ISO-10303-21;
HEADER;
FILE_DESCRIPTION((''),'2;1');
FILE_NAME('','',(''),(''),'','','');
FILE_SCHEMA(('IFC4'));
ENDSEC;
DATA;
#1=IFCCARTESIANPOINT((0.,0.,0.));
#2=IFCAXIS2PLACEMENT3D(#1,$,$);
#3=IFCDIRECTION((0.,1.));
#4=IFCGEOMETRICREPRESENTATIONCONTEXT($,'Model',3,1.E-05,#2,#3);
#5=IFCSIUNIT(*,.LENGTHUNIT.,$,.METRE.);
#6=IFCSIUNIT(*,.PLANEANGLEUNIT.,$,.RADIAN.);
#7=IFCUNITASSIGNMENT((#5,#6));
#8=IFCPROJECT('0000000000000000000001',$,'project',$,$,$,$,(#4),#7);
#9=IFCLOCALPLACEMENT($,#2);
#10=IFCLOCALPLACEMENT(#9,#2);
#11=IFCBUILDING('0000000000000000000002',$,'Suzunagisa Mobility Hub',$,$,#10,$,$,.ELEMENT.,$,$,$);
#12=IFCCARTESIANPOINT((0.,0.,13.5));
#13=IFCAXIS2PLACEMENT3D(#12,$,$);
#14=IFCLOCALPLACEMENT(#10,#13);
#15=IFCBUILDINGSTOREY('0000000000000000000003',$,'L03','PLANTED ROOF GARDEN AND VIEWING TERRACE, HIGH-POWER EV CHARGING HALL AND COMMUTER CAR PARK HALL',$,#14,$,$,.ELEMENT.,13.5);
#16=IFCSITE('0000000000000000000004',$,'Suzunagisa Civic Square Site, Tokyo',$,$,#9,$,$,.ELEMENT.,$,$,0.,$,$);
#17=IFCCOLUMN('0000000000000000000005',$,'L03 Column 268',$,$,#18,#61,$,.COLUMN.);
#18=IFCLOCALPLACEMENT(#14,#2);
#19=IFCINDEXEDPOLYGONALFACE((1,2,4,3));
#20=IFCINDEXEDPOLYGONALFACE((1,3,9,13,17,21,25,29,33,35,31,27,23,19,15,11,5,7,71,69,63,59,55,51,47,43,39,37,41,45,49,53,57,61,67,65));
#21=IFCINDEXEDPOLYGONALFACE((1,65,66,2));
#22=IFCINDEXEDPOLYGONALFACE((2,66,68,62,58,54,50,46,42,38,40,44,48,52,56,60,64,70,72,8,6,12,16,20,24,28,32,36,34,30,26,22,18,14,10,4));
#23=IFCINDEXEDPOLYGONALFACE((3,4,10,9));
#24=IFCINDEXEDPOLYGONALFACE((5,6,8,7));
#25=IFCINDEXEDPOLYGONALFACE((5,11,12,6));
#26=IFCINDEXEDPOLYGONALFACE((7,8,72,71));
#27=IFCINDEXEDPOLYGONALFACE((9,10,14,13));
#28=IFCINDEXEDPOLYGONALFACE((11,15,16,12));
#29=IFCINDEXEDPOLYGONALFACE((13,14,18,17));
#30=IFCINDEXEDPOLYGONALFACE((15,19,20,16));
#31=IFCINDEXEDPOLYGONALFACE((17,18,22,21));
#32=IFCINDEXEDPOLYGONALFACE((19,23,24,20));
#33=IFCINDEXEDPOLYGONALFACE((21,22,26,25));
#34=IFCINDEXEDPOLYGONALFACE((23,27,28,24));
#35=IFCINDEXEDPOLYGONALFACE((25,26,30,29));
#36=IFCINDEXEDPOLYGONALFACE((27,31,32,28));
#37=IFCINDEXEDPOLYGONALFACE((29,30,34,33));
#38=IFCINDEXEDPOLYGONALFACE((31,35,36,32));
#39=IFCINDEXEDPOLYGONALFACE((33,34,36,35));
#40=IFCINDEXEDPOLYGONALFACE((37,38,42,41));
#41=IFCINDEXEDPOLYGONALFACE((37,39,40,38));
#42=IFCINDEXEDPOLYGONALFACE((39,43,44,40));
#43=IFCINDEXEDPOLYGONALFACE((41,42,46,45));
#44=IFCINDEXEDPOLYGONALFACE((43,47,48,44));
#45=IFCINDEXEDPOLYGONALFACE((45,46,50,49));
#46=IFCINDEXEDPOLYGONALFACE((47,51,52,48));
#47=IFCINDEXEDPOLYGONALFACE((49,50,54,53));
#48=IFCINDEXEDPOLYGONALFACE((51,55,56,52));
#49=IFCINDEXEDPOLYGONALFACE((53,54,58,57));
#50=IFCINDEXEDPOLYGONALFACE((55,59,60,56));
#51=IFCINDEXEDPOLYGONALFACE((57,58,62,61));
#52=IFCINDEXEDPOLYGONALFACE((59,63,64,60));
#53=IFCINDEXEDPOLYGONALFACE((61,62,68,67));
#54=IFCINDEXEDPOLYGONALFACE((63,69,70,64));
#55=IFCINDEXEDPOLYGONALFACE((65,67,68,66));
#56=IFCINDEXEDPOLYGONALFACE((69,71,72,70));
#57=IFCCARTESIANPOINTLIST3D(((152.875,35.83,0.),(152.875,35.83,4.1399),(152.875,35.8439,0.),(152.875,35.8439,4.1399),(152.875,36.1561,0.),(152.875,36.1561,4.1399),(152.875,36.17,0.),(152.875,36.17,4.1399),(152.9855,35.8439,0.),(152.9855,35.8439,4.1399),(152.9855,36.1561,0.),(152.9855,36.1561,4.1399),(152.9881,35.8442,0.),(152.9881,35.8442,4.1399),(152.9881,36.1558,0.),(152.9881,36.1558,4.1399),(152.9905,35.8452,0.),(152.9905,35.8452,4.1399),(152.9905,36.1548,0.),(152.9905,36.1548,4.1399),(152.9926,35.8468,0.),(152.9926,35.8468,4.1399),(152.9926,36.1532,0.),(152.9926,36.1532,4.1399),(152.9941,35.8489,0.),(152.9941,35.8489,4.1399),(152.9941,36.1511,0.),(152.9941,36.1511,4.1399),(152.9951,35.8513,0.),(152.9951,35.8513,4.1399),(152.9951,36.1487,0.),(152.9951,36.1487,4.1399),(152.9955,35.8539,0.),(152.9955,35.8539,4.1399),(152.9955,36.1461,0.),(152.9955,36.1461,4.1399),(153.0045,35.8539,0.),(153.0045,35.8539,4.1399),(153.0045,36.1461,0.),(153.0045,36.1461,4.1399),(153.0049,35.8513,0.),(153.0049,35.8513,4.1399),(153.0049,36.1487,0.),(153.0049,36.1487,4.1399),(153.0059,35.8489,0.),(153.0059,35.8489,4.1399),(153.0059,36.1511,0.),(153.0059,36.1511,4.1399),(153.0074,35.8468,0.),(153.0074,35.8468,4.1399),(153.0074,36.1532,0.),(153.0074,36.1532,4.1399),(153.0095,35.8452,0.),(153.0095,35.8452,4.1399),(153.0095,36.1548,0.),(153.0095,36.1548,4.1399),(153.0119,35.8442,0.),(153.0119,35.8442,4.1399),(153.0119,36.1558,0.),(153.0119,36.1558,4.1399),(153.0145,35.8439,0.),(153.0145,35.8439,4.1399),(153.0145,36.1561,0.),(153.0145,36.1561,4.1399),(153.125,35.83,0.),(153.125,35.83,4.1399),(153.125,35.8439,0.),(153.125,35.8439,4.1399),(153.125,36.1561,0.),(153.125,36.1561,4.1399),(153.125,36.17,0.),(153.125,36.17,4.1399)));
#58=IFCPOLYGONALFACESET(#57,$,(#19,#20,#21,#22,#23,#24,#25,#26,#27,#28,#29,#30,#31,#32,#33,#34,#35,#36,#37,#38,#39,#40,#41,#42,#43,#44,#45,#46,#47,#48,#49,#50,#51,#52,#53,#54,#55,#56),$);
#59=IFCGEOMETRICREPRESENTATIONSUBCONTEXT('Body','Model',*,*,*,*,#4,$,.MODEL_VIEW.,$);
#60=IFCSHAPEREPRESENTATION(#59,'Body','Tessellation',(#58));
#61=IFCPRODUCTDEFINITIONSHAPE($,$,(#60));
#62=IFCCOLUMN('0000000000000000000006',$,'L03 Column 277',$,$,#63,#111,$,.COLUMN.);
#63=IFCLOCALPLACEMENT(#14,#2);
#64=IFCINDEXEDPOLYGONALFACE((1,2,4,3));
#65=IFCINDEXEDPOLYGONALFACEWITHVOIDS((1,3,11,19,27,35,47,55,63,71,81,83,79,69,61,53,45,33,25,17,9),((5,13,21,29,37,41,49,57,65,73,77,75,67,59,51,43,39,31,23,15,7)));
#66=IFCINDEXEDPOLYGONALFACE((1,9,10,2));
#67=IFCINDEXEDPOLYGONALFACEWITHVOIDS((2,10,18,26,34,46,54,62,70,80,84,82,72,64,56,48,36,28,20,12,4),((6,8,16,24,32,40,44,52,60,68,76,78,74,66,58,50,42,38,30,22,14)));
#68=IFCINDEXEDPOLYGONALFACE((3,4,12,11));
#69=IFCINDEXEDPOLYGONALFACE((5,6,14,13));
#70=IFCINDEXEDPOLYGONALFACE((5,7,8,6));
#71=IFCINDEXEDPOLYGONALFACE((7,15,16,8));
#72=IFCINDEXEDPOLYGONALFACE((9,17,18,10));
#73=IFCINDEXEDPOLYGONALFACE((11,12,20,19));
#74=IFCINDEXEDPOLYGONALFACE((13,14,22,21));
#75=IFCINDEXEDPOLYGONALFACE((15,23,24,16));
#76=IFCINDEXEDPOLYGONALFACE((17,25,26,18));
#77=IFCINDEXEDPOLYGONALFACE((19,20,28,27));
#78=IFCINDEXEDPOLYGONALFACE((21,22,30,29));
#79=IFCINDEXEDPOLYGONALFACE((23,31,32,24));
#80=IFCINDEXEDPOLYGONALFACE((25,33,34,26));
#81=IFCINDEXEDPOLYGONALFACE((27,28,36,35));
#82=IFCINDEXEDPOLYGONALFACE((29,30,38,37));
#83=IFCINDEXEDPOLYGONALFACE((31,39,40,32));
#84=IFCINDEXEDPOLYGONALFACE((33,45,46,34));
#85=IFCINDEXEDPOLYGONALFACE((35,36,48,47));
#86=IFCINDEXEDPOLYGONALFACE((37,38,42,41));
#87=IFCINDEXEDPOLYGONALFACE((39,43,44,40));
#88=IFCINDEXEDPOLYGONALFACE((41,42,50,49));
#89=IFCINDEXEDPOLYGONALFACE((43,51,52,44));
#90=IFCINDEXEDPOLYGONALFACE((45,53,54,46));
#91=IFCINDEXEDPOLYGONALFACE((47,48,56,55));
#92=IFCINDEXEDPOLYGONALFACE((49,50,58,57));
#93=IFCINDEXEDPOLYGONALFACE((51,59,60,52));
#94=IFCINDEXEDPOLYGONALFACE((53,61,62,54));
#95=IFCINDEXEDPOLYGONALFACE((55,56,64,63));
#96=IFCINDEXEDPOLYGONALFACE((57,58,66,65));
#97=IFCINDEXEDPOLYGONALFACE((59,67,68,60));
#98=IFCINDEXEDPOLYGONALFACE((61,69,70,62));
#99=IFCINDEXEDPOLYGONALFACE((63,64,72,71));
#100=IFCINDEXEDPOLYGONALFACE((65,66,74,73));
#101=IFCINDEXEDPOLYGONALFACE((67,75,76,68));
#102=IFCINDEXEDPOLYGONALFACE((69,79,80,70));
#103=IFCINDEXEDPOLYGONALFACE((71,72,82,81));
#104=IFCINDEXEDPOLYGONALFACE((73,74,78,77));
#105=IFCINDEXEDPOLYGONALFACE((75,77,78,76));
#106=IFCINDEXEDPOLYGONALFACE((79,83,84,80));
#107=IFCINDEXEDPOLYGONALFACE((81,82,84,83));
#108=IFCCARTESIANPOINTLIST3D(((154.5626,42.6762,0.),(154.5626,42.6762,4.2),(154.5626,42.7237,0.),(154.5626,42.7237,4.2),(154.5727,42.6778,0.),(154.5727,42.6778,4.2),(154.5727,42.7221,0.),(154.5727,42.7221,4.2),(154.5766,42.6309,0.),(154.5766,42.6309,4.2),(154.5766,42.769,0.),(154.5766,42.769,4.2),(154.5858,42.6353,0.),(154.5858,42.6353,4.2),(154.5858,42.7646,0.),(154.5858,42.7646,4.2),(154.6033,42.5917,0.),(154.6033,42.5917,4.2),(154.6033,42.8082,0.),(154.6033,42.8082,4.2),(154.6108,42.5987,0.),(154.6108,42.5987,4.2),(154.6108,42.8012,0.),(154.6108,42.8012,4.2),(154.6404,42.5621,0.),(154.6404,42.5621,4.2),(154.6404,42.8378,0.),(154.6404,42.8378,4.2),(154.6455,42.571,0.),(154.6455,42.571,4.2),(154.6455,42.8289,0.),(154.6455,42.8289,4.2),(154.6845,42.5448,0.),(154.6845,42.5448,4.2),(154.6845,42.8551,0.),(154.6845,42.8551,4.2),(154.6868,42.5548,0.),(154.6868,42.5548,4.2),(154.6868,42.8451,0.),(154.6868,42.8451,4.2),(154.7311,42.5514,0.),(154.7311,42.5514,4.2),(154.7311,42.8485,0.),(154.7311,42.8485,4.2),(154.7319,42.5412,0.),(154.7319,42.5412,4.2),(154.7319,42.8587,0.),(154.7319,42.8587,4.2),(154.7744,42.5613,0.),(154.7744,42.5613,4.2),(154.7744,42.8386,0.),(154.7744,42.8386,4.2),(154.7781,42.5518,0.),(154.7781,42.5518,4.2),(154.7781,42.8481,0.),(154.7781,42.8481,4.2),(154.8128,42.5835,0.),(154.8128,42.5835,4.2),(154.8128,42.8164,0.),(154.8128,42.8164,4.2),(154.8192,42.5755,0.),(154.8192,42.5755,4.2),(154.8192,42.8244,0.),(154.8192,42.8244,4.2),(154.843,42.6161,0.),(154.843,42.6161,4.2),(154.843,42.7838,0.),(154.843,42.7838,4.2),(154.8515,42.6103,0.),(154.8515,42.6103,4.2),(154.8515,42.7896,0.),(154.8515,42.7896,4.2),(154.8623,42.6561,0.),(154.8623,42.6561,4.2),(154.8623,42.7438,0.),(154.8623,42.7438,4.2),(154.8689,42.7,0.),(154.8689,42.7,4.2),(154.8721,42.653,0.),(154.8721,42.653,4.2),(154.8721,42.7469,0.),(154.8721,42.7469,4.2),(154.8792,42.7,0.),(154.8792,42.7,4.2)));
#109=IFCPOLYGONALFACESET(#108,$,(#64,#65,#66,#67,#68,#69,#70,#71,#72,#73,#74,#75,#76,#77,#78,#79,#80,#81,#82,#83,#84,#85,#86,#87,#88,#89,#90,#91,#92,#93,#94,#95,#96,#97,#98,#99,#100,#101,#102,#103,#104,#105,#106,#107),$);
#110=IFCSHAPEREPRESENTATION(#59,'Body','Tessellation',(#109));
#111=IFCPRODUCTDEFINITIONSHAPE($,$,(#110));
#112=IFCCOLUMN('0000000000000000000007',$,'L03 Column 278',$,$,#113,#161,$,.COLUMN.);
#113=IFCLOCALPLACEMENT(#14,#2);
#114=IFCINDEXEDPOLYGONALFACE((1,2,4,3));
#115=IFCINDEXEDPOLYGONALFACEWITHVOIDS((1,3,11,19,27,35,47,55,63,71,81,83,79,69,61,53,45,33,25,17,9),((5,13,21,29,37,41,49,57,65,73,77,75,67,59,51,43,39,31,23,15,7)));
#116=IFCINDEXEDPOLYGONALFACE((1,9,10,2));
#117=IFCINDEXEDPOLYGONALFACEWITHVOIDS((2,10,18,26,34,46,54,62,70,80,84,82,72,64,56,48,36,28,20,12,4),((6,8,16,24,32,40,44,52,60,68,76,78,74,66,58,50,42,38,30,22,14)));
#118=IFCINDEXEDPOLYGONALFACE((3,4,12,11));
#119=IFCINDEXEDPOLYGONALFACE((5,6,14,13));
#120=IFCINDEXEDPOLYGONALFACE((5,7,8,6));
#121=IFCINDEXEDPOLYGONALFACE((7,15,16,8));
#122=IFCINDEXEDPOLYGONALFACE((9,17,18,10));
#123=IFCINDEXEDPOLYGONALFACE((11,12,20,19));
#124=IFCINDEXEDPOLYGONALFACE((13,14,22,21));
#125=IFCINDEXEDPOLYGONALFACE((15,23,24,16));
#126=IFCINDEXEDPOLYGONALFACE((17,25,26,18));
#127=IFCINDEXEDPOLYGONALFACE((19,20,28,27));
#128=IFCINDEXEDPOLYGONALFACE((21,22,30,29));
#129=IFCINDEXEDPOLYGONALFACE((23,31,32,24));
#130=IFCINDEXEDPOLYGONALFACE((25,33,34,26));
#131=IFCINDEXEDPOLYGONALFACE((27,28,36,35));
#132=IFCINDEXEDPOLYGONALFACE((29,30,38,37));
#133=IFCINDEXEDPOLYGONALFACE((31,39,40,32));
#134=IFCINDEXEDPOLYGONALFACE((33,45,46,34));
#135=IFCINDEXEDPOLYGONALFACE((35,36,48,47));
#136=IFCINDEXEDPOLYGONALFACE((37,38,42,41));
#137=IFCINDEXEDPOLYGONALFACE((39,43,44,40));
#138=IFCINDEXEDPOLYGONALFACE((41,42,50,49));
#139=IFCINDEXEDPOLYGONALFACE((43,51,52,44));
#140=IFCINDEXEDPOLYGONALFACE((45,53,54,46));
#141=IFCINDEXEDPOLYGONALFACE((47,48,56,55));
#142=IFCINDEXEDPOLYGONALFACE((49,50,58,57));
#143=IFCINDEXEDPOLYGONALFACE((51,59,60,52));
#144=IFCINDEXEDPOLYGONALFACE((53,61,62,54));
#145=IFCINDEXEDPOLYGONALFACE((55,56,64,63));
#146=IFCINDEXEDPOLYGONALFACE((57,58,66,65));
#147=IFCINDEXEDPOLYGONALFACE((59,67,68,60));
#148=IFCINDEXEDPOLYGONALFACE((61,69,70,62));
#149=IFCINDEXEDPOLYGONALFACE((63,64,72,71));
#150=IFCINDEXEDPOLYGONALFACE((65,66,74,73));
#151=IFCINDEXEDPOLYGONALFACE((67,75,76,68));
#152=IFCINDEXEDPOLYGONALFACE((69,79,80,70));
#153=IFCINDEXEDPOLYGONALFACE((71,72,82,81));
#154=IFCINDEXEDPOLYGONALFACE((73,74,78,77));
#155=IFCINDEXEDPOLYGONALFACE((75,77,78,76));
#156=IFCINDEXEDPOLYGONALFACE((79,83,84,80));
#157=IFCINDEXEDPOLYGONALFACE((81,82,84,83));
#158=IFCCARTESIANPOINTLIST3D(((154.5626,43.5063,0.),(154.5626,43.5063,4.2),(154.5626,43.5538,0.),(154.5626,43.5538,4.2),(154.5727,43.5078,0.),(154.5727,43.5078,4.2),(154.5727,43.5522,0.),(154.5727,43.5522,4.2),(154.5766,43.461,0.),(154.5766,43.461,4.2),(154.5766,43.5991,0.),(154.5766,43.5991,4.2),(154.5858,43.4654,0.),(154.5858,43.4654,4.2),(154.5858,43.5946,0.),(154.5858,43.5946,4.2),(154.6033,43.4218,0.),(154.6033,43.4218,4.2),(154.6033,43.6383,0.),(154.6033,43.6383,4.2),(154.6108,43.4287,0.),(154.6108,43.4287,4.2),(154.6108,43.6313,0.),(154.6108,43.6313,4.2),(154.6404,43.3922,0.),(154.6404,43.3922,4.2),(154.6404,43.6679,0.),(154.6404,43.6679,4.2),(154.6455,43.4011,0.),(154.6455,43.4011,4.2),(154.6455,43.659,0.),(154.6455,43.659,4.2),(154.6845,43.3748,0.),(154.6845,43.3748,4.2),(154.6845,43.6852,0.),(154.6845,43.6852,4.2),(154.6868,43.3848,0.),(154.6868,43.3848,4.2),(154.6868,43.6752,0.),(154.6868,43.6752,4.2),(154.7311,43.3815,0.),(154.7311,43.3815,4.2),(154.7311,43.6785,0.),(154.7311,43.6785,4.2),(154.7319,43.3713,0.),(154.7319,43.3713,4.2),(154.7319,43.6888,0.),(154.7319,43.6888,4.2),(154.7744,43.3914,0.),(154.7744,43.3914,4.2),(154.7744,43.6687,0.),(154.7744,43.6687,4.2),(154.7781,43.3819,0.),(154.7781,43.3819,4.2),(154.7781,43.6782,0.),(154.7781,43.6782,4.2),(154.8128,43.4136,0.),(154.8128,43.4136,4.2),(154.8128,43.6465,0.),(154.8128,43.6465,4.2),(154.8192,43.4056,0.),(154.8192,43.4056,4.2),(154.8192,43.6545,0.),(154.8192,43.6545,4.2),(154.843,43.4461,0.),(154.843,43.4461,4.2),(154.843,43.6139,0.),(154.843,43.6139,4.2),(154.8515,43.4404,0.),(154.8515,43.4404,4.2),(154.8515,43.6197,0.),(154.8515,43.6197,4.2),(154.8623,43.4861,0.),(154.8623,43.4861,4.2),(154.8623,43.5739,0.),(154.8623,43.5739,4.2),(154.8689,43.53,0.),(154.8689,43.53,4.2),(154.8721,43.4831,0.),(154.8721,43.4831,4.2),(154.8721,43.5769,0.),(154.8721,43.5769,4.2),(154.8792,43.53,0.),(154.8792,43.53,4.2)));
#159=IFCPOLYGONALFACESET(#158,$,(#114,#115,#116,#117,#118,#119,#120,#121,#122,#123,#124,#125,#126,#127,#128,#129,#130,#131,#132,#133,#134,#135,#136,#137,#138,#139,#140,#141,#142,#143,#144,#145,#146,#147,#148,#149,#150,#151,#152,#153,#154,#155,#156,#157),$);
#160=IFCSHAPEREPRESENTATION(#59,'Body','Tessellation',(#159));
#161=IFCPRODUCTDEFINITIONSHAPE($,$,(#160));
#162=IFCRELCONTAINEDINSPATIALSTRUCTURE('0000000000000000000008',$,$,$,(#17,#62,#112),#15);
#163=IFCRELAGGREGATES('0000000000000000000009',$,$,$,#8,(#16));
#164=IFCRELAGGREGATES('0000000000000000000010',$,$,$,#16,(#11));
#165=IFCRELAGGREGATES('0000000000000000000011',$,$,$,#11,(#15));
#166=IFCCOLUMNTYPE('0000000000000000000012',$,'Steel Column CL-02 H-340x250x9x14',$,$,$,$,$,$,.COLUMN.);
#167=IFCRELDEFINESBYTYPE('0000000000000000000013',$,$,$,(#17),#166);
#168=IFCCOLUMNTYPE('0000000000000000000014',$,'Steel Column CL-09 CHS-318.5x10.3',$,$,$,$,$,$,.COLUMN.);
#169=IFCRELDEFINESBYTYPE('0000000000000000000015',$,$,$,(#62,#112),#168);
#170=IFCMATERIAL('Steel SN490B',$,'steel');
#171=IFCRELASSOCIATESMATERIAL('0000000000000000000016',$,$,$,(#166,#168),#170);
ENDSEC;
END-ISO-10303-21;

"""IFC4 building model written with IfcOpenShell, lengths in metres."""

from ifc_helpers import new_model, si_unit, direction, frame, origin, origin_2d, place, context, subcontext, project, spatial, hollow_circle, i_section, extrude, material, material_profile, profile_set, type_object, element, save


model = new_model("IFC4")

# Units and contexts
model_context = context("Model", 3, precision=1e-05, world=origin(), true_north=direction((0.0, 1.0)))
body_context = subcontext(model_context, "Body", "Model", "MODEL_VIEW")
ifc_project = project(units=[si_unit("LENGTHUNIT", "METRE"), si_unit("PLANEANGLEUNIT", "RADIAN")], contexts=[model_context])

# Site, building, storey
site_placement = place(None, origin())
site = spatial("IfcSite", under=ifc_project, at=site_placement, Name="Suzunagisa Civic Square Site, Tokyo", CompositionType="ELEMENT", RefElevation=0.0)
building_placement = place(site_placement, origin())
building = spatial("IfcBuilding", under=site, at=building_placement, Name="Suzunagisa Mobility Hub", CompositionType="ELEMENT")
storey_placement = place(building_placement, frame((0.0, 0.0, 13.5)))
storey = spatial("IfcBuildingStorey", under=building, at=storey_placement, Name="L03", Description="PLANTED ROOF GARDEN AND VIEWING TERRACE, HIGH-POWER EV CHARGING HALL AND COMMUTER CAR PARK HALL", CompositionType="ELEMENT", Elevation=13.5)

# Columns
ifc_material_1 = material(Name="Steel SN490B", Category="steel")
ifc_material_profile_1 = material_profile(ifc_material_1, i_section(OverallWidth=0.25, OverallDepth=0.3401, WebThickness=0.009, FlangeThickness=0.0139, FilletRadius=0.01, at=origin_2d()), Name="H-340x250x9x14")
ifc_profile_set_1 = profile_set([ifc_material_profile_1], Name="Steel SN490B")
column_type_1 = type_object("IfcColumnType", Name="Steel Column CL-02 H-340x250x9x14", PredefinedType="COLUMN", material=ifc_profile_set_1)
column_placement = place(storey_placement, frame((153.0, 36.0, 0.0), z_axis=(0.0, 0.0, 1.0), x_axis=(1.0, 0.0, 0.0)))
element("IfcColumn", 1, at=column_placement, inside=storey, type_object=column_type_1, Name="L03 Column 268", PredefinedType="COLUMN", context=body_context, shape_type="SweptSolid", body=[
    extrude(i_section(OverallWidth=0.25, OverallDepth=0.3401, WebThickness=0.009, FlangeThickness=0.0139, FilletRadius=0.01, at=origin_2d()), origin(), (0.0, 0.0, 1.0), 4.1399),
])
ifc_material_profile_2 = material_profile(ifc_material_1, hollow_circle(Radius=0.1592, WallThickness=0.0103, at=origin_2d()), Name="CHS-318.5x10.3")
ifc_profile_set_2 = profile_set([ifc_material_profile_2], Name="Steel SN490B")
column_type_2 = type_object("IfcColumnType", Name="Steel Column CL-09 CHS-318.5x10.3", PredefinedType="COLUMN", material=ifc_profile_set_2)
for number, where, z_axis, x_axis, name in (
    (2, (154.72, 42.7, 0.0), (0.0, 0.0, 1.0), (1.0, 0.0, 0.0), "L03 Column 277"),
    (3, (154.72, 43.53, 0.0), (0.0, 0.0, 1.0), (1.0, 0.0, 0.0), "L03 Column 278"),
):
    element("IfcColumn", number, at=place(storey_placement, frame(where, z_axis=z_axis, x_axis=x_axis)), inside=storey, type_object=column_type_2, Name=name, PredefinedType="COLUMN", context=body_context, shape_type="SweptSolid", body=[
        extrude(hollow_circle(Radius=0.1592, WallThickness=0.0103, at=origin_2d()), origin(), (0.0, 0.0, 1.0), 4.2),
    ])

save(model, "model.ifc")
